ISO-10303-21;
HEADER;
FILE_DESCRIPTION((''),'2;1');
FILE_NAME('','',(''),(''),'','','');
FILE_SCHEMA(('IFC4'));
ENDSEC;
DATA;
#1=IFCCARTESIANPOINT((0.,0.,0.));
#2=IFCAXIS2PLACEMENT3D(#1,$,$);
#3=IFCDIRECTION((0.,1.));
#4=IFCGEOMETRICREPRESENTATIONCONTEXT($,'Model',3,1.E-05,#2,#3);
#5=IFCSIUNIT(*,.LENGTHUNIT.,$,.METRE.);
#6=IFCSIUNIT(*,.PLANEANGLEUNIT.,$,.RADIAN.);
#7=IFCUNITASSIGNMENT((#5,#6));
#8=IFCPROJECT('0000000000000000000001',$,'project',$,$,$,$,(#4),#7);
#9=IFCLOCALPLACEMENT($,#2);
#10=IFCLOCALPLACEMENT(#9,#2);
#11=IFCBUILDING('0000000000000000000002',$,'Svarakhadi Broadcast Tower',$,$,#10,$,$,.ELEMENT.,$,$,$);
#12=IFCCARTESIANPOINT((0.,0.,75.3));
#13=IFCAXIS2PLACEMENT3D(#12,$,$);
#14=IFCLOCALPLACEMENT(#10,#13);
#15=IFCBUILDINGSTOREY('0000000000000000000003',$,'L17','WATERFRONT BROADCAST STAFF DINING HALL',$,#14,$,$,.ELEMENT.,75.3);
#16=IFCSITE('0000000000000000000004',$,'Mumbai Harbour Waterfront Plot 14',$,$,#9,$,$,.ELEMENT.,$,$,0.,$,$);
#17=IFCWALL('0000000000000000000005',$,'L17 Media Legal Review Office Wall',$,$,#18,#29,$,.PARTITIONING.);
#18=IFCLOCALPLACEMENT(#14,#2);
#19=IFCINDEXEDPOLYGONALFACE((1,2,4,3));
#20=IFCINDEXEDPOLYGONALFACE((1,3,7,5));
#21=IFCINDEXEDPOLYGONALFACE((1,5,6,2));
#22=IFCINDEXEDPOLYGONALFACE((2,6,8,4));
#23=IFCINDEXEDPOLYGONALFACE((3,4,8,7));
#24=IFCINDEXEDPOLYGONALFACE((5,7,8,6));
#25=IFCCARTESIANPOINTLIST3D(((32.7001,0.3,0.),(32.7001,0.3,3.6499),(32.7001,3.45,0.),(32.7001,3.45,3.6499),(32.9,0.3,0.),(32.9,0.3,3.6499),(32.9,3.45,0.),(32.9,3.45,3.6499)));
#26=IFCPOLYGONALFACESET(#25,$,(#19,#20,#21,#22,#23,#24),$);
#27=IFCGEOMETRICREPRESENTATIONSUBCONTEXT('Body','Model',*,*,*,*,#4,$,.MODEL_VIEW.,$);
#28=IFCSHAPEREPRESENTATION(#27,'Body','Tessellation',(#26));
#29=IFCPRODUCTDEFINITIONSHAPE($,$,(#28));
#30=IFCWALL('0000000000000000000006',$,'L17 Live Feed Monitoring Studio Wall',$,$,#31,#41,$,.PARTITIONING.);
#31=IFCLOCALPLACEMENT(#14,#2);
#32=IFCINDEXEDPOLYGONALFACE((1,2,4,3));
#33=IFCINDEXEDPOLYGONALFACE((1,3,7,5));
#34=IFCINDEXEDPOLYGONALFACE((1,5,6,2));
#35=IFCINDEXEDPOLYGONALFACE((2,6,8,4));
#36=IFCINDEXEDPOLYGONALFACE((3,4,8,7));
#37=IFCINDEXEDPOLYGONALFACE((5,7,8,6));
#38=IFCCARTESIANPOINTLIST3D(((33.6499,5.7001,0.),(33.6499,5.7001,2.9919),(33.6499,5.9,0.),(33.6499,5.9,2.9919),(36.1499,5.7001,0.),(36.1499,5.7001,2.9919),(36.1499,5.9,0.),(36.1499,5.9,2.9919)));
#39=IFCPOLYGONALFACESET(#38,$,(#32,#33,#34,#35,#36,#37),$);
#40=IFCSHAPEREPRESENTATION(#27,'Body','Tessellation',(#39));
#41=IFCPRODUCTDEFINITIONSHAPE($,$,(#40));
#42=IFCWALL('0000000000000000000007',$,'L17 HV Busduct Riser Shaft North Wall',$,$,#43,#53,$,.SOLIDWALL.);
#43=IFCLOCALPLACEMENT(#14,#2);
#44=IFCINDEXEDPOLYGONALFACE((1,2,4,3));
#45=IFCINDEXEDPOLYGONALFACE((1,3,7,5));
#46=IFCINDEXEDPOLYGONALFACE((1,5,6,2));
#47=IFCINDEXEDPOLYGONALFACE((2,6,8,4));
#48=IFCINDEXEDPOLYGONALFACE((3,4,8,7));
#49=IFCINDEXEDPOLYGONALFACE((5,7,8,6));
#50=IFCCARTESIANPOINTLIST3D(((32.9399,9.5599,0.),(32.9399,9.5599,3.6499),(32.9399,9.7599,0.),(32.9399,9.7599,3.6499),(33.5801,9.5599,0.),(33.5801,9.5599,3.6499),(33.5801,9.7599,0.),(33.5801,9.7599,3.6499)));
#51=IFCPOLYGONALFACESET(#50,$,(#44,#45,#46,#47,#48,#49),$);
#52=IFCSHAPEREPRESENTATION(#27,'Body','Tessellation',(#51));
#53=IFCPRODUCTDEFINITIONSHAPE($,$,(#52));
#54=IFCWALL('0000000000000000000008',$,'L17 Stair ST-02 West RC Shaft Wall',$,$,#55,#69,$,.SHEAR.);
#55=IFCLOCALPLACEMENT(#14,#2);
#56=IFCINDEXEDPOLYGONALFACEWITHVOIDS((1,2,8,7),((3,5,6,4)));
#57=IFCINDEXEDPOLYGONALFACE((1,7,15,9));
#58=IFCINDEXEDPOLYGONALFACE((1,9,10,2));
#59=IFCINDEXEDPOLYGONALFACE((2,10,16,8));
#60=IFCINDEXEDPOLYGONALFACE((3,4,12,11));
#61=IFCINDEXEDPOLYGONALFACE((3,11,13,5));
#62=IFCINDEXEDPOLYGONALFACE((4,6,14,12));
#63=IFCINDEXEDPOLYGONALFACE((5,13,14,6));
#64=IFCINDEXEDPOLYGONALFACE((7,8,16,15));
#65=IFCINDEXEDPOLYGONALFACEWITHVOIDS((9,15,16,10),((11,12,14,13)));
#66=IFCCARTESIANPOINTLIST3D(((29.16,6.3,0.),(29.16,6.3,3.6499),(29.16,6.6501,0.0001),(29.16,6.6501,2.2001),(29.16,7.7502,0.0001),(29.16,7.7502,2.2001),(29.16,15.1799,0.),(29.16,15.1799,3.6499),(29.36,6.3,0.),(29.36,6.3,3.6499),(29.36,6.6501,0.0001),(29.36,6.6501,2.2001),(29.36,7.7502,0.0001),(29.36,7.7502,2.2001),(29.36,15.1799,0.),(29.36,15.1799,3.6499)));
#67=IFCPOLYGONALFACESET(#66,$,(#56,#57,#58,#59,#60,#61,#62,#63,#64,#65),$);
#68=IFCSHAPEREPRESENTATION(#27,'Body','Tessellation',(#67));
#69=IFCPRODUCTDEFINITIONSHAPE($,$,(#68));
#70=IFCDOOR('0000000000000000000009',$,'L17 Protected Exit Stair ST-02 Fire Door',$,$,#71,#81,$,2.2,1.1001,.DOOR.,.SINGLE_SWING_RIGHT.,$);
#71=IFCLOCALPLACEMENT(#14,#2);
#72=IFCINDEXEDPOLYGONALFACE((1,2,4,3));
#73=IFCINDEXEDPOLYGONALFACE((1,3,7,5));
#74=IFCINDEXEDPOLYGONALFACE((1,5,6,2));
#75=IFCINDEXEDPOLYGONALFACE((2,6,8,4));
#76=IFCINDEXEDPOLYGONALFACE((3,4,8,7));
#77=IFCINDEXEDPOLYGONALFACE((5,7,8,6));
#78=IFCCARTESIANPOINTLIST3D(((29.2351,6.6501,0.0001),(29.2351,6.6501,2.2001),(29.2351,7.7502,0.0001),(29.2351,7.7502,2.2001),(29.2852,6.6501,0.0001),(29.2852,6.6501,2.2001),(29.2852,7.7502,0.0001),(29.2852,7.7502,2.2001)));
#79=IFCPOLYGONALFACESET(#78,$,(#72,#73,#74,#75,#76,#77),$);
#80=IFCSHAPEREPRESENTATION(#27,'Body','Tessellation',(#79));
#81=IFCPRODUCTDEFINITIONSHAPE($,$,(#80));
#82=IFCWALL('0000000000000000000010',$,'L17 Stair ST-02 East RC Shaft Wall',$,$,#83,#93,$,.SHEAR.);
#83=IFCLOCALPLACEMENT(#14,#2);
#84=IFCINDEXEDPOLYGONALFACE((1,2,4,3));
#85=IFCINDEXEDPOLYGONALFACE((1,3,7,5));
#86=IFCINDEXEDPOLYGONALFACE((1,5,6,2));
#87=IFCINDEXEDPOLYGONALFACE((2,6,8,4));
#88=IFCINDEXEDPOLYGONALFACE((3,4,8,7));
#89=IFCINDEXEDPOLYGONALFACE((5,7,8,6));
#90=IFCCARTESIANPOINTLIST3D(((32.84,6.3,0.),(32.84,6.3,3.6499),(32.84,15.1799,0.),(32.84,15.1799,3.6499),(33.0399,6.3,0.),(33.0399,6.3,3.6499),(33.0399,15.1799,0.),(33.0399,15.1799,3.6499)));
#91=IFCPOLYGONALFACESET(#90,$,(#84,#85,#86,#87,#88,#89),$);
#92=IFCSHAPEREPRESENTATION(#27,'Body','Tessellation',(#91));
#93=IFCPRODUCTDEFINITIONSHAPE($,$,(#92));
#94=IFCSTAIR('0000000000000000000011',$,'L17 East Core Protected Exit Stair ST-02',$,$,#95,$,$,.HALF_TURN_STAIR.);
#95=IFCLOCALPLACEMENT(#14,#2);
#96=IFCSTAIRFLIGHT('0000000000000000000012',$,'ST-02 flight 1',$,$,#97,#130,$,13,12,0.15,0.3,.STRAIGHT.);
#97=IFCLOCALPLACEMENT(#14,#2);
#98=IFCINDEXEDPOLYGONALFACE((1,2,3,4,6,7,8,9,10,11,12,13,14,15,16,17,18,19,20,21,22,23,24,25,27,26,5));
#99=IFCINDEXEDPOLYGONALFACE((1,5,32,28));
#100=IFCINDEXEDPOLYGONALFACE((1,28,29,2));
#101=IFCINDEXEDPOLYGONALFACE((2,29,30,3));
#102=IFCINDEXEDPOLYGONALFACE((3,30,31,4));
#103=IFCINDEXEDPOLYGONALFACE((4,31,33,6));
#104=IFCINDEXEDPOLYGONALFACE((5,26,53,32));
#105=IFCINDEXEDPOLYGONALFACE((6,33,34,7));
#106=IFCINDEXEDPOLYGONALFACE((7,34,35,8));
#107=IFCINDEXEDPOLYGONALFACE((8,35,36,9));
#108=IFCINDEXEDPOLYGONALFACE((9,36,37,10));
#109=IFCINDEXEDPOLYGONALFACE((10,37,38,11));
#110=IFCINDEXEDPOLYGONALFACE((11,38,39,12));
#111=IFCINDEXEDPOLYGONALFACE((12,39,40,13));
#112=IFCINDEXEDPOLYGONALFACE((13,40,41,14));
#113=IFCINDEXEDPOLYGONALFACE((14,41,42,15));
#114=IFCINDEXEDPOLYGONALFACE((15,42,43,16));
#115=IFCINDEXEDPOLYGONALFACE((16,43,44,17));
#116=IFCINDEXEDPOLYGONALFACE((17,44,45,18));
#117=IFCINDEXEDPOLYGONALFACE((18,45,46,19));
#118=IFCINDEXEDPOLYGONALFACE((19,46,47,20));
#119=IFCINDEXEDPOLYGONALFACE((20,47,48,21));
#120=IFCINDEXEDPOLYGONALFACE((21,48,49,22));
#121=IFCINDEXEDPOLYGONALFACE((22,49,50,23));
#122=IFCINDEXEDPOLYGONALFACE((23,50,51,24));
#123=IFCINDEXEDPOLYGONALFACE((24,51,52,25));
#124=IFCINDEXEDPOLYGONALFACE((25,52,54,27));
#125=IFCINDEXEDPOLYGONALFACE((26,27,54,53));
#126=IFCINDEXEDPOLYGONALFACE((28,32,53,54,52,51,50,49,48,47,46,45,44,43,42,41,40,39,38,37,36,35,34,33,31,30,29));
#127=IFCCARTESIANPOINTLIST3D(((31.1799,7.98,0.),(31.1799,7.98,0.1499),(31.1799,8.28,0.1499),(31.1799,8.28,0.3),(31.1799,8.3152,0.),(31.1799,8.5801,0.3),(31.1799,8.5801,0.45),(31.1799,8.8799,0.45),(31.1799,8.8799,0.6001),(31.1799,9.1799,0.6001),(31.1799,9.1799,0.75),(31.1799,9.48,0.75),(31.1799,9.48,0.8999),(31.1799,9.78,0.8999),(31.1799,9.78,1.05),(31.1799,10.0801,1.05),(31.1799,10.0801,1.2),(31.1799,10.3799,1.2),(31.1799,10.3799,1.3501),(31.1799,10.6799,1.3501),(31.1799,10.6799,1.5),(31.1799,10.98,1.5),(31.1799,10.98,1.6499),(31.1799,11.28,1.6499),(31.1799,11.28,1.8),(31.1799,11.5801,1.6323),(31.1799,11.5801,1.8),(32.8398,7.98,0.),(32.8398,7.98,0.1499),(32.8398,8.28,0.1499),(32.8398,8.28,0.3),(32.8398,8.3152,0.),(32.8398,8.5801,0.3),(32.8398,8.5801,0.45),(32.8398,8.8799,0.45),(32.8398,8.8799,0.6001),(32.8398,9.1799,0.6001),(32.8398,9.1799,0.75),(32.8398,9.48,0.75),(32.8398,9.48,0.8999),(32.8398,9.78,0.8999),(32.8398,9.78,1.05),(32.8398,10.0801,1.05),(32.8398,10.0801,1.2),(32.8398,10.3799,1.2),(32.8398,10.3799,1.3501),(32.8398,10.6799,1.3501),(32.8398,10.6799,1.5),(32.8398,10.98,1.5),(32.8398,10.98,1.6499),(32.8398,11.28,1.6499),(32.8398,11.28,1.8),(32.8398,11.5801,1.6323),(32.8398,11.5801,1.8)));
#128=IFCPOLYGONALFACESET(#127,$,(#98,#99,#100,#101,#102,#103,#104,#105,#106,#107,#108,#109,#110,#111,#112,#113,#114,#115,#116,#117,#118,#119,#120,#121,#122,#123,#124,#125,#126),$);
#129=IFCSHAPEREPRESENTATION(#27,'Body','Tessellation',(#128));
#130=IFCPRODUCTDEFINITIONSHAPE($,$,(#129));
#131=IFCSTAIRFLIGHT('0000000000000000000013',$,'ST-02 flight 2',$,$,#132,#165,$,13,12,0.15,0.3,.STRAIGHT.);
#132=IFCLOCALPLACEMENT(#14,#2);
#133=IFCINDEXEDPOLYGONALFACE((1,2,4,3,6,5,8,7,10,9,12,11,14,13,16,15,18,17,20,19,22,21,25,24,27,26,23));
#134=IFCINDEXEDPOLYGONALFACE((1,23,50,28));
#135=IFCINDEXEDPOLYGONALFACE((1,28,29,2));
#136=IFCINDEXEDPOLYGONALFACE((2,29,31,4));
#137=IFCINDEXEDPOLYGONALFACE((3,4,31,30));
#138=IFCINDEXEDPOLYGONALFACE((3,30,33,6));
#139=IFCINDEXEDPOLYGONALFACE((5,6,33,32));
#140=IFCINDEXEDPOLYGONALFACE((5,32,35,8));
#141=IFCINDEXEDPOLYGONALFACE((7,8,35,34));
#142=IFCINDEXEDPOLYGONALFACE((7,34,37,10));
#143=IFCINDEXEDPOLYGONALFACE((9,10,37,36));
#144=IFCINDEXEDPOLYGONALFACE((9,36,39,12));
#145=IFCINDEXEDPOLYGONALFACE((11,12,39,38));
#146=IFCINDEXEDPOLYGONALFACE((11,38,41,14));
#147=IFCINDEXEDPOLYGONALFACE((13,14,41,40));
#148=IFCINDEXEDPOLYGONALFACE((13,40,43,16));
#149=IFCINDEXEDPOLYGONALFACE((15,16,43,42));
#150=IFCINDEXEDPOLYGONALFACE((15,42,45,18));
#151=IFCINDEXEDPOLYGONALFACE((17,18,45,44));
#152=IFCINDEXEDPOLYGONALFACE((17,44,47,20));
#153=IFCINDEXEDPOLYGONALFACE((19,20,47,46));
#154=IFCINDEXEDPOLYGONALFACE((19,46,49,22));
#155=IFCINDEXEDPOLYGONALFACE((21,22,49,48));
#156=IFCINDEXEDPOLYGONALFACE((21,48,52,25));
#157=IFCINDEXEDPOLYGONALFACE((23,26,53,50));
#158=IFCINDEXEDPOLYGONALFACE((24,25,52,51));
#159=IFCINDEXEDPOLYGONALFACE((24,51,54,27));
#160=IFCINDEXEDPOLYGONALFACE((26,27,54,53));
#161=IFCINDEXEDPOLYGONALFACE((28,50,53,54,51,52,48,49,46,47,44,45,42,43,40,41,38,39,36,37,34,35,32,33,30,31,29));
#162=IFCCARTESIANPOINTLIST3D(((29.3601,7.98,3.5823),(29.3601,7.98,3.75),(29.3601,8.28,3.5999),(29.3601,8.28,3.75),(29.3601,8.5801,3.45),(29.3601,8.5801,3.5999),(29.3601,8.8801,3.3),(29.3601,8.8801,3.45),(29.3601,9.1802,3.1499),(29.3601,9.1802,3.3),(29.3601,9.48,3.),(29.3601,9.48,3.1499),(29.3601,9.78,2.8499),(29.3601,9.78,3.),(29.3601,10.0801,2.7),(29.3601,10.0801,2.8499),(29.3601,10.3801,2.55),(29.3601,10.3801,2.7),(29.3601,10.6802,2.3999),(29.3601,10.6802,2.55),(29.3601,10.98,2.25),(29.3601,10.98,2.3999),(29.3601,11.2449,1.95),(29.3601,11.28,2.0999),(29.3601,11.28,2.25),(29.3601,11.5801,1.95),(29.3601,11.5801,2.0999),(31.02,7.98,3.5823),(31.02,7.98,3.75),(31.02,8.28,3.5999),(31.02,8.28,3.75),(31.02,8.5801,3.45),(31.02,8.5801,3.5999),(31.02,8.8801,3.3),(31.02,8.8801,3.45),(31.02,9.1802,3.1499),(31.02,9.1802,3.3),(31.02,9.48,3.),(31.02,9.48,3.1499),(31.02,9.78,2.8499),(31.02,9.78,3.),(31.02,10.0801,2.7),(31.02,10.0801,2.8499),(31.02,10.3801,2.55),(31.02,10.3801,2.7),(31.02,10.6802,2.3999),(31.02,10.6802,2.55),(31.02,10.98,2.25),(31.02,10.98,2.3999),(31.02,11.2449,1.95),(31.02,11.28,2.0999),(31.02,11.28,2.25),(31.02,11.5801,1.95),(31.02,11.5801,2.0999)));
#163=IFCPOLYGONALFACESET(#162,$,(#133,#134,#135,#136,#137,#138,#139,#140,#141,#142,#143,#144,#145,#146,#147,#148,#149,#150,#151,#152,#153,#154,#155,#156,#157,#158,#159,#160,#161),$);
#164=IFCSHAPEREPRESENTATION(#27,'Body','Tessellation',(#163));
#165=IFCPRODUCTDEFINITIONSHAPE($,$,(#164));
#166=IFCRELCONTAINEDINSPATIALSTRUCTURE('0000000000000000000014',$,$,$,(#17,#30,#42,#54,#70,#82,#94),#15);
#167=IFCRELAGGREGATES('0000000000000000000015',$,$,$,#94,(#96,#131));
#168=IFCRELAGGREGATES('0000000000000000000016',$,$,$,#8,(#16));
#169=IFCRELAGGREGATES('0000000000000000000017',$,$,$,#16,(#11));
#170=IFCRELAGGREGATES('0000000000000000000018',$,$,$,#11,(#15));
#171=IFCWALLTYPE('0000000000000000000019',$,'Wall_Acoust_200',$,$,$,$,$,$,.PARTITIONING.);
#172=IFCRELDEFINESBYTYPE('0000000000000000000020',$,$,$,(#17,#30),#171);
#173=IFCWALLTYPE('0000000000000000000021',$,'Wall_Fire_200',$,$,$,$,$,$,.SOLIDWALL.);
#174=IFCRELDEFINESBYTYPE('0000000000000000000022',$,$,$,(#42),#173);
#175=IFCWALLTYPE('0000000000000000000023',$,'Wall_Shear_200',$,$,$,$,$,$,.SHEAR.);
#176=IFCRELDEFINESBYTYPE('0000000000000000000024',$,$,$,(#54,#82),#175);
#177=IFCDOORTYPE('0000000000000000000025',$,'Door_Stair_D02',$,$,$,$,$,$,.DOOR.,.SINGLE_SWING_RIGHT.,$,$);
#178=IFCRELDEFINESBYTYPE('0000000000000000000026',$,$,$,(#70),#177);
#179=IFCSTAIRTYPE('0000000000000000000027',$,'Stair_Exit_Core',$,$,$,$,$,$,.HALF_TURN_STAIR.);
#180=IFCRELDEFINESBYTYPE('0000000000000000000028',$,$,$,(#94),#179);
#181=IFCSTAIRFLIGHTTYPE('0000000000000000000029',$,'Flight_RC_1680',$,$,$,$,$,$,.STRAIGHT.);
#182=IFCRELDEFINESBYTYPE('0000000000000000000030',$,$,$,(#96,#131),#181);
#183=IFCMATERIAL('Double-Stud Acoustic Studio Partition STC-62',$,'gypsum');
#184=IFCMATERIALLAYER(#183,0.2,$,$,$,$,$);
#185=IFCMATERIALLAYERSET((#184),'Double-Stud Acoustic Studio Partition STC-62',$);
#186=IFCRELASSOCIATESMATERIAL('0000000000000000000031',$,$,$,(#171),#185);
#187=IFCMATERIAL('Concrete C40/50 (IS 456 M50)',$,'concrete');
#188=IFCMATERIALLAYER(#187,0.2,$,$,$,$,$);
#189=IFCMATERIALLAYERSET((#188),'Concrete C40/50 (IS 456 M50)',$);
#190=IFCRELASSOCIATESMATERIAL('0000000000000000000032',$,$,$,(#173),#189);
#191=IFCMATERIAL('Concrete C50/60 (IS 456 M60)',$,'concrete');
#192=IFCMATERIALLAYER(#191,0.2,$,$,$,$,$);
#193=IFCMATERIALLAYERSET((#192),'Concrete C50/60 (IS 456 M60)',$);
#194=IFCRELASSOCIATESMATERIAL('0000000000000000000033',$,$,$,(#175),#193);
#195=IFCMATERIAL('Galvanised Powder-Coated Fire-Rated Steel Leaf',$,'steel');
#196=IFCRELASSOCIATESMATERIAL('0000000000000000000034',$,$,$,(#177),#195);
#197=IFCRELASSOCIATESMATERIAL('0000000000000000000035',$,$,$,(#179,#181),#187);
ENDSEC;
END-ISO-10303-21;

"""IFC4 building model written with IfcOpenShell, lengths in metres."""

from ifc_helpers import new_model, si_unit, direction, frame, frame_2d, origin, place, context, subcontext, project, spatial, polyline, rectangle, outline, extrude, material, layer, layer_set, type_object, element, fill, aggregate, save


model = new_model("IFC4")

# Units and contexts
model_context = context("Model", 3, precision=1e-05, world=origin(), true_north=direction((0.0, 1.0)))
body_context = subcontext(model_context, "Body", "Model", "MODEL_VIEW")
ifc_project = project(units=[si_unit("LENGTHUNIT", "METRE"), si_unit("PLANEANGLEUNIT", "RADIAN")], contexts=[model_context])

# Site, building, storey
site_placement = place(None, origin())
site = spatial("IfcSite", under=ifc_project, at=site_placement, Name="Mumbai Harbour Waterfront Plot 14", CompositionType="ELEMENT", RefElevation=0.0)
building_placement = place(site_placement, origin())
building = spatial("IfcBuilding", under=site, at=building_placement, Name="Svarakhadi Broadcast Tower", CompositionType="ELEMENT")
storey_placement = place(building_placement, frame((0.0, 0.0, 75.3)))
storey = spatial("IfcBuildingStorey", under=building, at=storey_placement, Name="L17", Description="WATERFRONT BROADCAST STAFF DINING HALL", CompositionType="ELEMENT", Elevation=75.3)

# Shared definitions
ifc_material_1 = material(Name="Concrete C50/60 (IS 456 M60)", Category="concrete")

# Walls
ifc_material_2 = material(Name="Double-Stud Acoustic Studio Partition STC-62", Category="gypsum")
ifc_layer_1 = layer(ifc_material_2, 0.2)
ifc_layer_set_1 = layer_set([ifc_layer_1], Name="Double-Stud Acoustic Studio Partition STC-62")
wall_type_1 = type_object("IfcWallType", Name="Wall_Acoust_200", PredefinedType="PARTITIONING", material=ifc_layer_set_1)
for number, where, z_axis, x_axis, name in (
    (1, (32.8, 0.3, 0.0), (0.0, 0.0, 1.0), (0.0, 1.0, 0.0), "L17 Media Legal Review Office Wall"),
):
    element("IfcWall", number, at=place(storey_placement, frame(where, z_axis=z_axis, x_axis=x_axis)), inside=storey, type_object=wall_type_1, Name=name, PredefinedType="PARTITIONING", context=body_context, shape_type="SweptSolid", body=[
        extrude(rectangle(XDim=3.1499, YDim=0.2, at=frame_2d((1.575, 0.0))), origin(), (0.0, 0.0, 1.0), 3.6499),
    ])
wall_1_placement = place(storey_placement, frame((33.6499, 5.8, 0.0), z_axis=(0.0, 0.0, 1.0), x_axis=(1.0, 0.0, 0.0)))
element("IfcWall", 2, at=wall_1_placement, inside=storey, type_object=wall_type_1, Name="L17 Live Feed Monitoring Studio Wall", PredefinedType="PARTITIONING", context=body_context, shape_type="SweptSolid", body=[
    extrude(rectangle(XDim=2.5, YDim=0.2, at=frame_2d((1.25, 0.0))), origin(), (0.0, 0.0, 1.0), 2.9919),
])
ifc_material_3 = material(Name="Concrete C40/50 (IS 456 M50)", Category="concrete")
ifc_layer_2 = layer(ifc_material_3, 0.2)
ifc_layer_set_2 = layer_set([ifc_layer_2], Name="Concrete C40/50 (IS 456 M50)")
wall_type_2 = type_object("IfcWallType", Name="Wall_Fire_200", PredefinedType="SOLIDWALL", material=ifc_layer_set_2)
wall_2_placement = place(storey_placement, frame((32.9399, 9.6599, 0.0), z_axis=(0.0, 0.0, 1.0), x_axis=(1.0, 0.0, 0.0)))
element("IfcWall", 3, at=wall_2_placement, inside=storey, type_object=wall_type_2, Name="L17 HV Busduct Riser Shaft North Wall", PredefinedType="SOLIDWALL", context=body_context, shape_type="SweptSolid", body=[
    extrude(rectangle(XDim=0.6401, YDim=0.2, at=frame_2d((0.3201, 0.0))), origin(), (0.0, 0.0, 1.0), 3.6499),
])

# Wall, opening, door
ifc_layer_3 = layer(ifc_material_1, 0.2)
ifc_layer_set_3 = layer_set([ifc_layer_3], Name="Concrete C50/60 (IS 456 M60)")
wall_type_3 = type_object("IfcWallType", Name="Wall_Shear_200", PredefinedType="SHEAR", material=ifc_layer_set_3)
wall_3_placement = place(storey_placement, frame((29.26, 6.3, 0.0), z_axis=(0.0, 0.0, 1.0), x_axis=(0.0, 1.0, 0.0)))
wall_3 = element("IfcWall", 4, at=wall_3_placement, inside=storey, type_object=wall_type_3, Name="L17 Stair ST-02 West RC Shaft Wall", PredefinedType="SHEAR", context=body_context, shape_type="SweptSolid", body=[
    extrude(rectangle(XDim=8.8799, YDim=0.2, at=frame_2d((4.4399, 0.0))), origin(), (0.0, 0.0, 1.0), 3.6499),
])
opening_1_placement = place(wall_3_placement, frame((0.3501, 0.0, 0.0)))
opening_1 = element("IfcOpeningElement", 5, at=opening_1_placement, cuts=wall_3, PredefinedType="OPENING", context=body_context, shape_type="SweptSolid", body=[
    extrude(rectangle(XDim=1.1001, YDim=2.2, at=frame_2d((0.55, 1.1001))), frame((0.0, 0.1099, 0.0), z_axis=(0.0, -1.0, 0.0), x_axis=(1.0, 0.0, 0.0)), (0.0, 0.0, 1.0), 0.22),
])
ifc_material_4 = material(Name="Galvanised Powder-Coated Fire-Rated Steel Leaf", Category="steel")
door_type_1 = type_object("IfcDoorType", Name="Door_Stair_D02", OperationType="SINGLE_SWING_RIGHT", PredefinedType="DOOR", material=ifc_material_4)
door_1_placement = place(opening_1_placement, origin())
door_1 = element("IfcDoor", 6, at=door_1_placement, inside=storey, type_object=door_type_1, Name="L17 Protected Exit Stair ST-02 Fire Door", OperationType="SINGLE_SWING_RIGHT", OverallHeight=2.2, OverallWidth=1.1001, PredefinedType="DOOR", context=body_context, shape_type="SweptSolid", body=[
    extrude(rectangle(XDim=1.1001, YDim=2.2, at=frame_2d((0.55, 1.1001))), frame((0.0, 0.0249, 0.0), z_axis=(0.0, -1.0, 0.0), x_axis=(1.0, 0.0, 0.0)), (0.0, 0.0, 1.0), 0.05),
])
fill(opening_1, door_1)

# Wall
wall_4_placement = place(storey_placement, frame((32.9399, 6.3, 0.0), z_axis=(0.0, 0.0, 1.0), x_axis=(0.0, 1.0, 0.0)))
element("IfcWall", 7, at=wall_4_placement, inside=storey, type_object=wall_type_3, Name="L17 Stair ST-02 East RC Shaft Wall", PredefinedType="SHEAR", context=body_context, shape_type="SweptSolid", body=[
    extrude(rectangle(XDim=8.8799, YDim=0.2, at=frame_2d((4.4399, 0.0))), origin(), (0.0, 0.0, 1.0), 3.6499),
])

# Stair, stair flights
stair_type = type_object("IfcStairType", Name="Stair_Exit_Core", PredefinedType="HALF_TURN_STAIR", material=ifc_material_3)
stair_placement = place(storey_placement, origin())
stair = element("IfcStair", 8, at=stair_placement, inside=storey, type_object=stair_type, Name="L17 East Core Protected Exit Stair ST-02", PredefinedType="HALF_TURN_STAIR")
stair_flight_type = type_object("IfcStairFlightType", Name="Flight_RC_1680", PredefinedType="STRAIGHT", material=ifc_material_3)
stair_flight_1_placement = place(storey_placement, frame((32.01, 7.98, 0.0), z_axis=(0.0, 0.0, 1.0), x_axis=(0.0, 1.0, 0.0)))
stair_flight_1 = element("IfcStairFlight", 9, at=stair_flight_1_placement, type_object=stair_flight_type, Name="ST-02 flight 1", NumberOfRisers=13, NumberOfTreads=12, PredefinedType="STRAIGHT", RiserHeight=0.15, TreadLength=0.3, context=body_context, shape_type="SweptSolid", body=[
    extrude(outline(polyline([(0.0, 0.0), (0.0, 0.1499), (0.3, 0.1499), (0.3, 0.3), (0.6001, 0.3), (0.6001, 0.45), (0.8999, 0.45), (0.8999, 0.6001), (1.2, 0.6001), (1.2, 0.75), (1.5, 0.75), (1.5, 0.8999), (1.8, 0.8999), (1.8, 1.05), (2.1001, 1.05), (2.1001, 1.2), (2.3999, 1.2), (2.3999, 1.3501), (2.7, 1.3501), (2.7, 1.5), (3.0, 1.5), (3.0, 1.6499), (3.3, 1.6499), (3.3, 1.8), (3.6001, 1.8), (3.6001, 1.95), (3.6001, 1.6323), (0.3352, 0.0), (0.0, 0.0)])), frame((0.0, 0.8301, 0.0), z_axis=(0.0, -1.0, 0.0), x_axis=(1.0, 0.0, 0.0)), (0.0, 0.0, 1.0), 1.6599),
])
stair_flight_2_placement = place(storey_placement, frame((30.1899, 11.5801, 1.95), z_axis=(0.0, 0.0, 1.0), x_axis=(0.0, -1.0, 0.0)))
stair_flight_2 = element("IfcStairFlight", 10, at=stair_flight_2_placement, type_object=stair_flight_type, Name="ST-02 flight 2", NumberOfRisers=13, NumberOfTreads=12, PredefinedType="STRAIGHT", RiserHeight=0.15, TreadLength=0.3, context=body_context, shape_type="SweptSolid", body=[
    extrude(outline(polyline([(0.0, 0.0), (0.0, 0.1499), (0.3, 0.1499), (0.3, 0.3), (0.6001, 0.3), (0.6001, 0.45), (0.8999, 0.45), (0.8999, 0.6001), (1.2, 0.6001), (1.2, 0.75), (1.5, 0.75), (1.5, 0.8999), (1.8, 0.8999), (1.8, 1.05), (2.1001, 1.05), (2.1001, 1.2), (2.3999, 1.2), (2.3999, 1.3501), (2.7, 1.3501), (2.7, 1.5), (3.0, 1.5), (3.0, 1.6499), (3.3, 1.6499), (3.3, 1.8), (3.6001, 1.8), (3.6001, 1.95), (3.6001, 1.6323), (0.3352, 0.0), (0.0, 0.0)])), frame((0.0, 0.8301, 0.0), z_axis=(0.0, -1.0, 0.0), x_axis=(1.0, 0.0, 0.0)), (0.0, 0.0, 1.0), 1.6599),
])
aggregate(stair, [stair_flight_1, stair_flight_2])

save(model, "model.ifc")
